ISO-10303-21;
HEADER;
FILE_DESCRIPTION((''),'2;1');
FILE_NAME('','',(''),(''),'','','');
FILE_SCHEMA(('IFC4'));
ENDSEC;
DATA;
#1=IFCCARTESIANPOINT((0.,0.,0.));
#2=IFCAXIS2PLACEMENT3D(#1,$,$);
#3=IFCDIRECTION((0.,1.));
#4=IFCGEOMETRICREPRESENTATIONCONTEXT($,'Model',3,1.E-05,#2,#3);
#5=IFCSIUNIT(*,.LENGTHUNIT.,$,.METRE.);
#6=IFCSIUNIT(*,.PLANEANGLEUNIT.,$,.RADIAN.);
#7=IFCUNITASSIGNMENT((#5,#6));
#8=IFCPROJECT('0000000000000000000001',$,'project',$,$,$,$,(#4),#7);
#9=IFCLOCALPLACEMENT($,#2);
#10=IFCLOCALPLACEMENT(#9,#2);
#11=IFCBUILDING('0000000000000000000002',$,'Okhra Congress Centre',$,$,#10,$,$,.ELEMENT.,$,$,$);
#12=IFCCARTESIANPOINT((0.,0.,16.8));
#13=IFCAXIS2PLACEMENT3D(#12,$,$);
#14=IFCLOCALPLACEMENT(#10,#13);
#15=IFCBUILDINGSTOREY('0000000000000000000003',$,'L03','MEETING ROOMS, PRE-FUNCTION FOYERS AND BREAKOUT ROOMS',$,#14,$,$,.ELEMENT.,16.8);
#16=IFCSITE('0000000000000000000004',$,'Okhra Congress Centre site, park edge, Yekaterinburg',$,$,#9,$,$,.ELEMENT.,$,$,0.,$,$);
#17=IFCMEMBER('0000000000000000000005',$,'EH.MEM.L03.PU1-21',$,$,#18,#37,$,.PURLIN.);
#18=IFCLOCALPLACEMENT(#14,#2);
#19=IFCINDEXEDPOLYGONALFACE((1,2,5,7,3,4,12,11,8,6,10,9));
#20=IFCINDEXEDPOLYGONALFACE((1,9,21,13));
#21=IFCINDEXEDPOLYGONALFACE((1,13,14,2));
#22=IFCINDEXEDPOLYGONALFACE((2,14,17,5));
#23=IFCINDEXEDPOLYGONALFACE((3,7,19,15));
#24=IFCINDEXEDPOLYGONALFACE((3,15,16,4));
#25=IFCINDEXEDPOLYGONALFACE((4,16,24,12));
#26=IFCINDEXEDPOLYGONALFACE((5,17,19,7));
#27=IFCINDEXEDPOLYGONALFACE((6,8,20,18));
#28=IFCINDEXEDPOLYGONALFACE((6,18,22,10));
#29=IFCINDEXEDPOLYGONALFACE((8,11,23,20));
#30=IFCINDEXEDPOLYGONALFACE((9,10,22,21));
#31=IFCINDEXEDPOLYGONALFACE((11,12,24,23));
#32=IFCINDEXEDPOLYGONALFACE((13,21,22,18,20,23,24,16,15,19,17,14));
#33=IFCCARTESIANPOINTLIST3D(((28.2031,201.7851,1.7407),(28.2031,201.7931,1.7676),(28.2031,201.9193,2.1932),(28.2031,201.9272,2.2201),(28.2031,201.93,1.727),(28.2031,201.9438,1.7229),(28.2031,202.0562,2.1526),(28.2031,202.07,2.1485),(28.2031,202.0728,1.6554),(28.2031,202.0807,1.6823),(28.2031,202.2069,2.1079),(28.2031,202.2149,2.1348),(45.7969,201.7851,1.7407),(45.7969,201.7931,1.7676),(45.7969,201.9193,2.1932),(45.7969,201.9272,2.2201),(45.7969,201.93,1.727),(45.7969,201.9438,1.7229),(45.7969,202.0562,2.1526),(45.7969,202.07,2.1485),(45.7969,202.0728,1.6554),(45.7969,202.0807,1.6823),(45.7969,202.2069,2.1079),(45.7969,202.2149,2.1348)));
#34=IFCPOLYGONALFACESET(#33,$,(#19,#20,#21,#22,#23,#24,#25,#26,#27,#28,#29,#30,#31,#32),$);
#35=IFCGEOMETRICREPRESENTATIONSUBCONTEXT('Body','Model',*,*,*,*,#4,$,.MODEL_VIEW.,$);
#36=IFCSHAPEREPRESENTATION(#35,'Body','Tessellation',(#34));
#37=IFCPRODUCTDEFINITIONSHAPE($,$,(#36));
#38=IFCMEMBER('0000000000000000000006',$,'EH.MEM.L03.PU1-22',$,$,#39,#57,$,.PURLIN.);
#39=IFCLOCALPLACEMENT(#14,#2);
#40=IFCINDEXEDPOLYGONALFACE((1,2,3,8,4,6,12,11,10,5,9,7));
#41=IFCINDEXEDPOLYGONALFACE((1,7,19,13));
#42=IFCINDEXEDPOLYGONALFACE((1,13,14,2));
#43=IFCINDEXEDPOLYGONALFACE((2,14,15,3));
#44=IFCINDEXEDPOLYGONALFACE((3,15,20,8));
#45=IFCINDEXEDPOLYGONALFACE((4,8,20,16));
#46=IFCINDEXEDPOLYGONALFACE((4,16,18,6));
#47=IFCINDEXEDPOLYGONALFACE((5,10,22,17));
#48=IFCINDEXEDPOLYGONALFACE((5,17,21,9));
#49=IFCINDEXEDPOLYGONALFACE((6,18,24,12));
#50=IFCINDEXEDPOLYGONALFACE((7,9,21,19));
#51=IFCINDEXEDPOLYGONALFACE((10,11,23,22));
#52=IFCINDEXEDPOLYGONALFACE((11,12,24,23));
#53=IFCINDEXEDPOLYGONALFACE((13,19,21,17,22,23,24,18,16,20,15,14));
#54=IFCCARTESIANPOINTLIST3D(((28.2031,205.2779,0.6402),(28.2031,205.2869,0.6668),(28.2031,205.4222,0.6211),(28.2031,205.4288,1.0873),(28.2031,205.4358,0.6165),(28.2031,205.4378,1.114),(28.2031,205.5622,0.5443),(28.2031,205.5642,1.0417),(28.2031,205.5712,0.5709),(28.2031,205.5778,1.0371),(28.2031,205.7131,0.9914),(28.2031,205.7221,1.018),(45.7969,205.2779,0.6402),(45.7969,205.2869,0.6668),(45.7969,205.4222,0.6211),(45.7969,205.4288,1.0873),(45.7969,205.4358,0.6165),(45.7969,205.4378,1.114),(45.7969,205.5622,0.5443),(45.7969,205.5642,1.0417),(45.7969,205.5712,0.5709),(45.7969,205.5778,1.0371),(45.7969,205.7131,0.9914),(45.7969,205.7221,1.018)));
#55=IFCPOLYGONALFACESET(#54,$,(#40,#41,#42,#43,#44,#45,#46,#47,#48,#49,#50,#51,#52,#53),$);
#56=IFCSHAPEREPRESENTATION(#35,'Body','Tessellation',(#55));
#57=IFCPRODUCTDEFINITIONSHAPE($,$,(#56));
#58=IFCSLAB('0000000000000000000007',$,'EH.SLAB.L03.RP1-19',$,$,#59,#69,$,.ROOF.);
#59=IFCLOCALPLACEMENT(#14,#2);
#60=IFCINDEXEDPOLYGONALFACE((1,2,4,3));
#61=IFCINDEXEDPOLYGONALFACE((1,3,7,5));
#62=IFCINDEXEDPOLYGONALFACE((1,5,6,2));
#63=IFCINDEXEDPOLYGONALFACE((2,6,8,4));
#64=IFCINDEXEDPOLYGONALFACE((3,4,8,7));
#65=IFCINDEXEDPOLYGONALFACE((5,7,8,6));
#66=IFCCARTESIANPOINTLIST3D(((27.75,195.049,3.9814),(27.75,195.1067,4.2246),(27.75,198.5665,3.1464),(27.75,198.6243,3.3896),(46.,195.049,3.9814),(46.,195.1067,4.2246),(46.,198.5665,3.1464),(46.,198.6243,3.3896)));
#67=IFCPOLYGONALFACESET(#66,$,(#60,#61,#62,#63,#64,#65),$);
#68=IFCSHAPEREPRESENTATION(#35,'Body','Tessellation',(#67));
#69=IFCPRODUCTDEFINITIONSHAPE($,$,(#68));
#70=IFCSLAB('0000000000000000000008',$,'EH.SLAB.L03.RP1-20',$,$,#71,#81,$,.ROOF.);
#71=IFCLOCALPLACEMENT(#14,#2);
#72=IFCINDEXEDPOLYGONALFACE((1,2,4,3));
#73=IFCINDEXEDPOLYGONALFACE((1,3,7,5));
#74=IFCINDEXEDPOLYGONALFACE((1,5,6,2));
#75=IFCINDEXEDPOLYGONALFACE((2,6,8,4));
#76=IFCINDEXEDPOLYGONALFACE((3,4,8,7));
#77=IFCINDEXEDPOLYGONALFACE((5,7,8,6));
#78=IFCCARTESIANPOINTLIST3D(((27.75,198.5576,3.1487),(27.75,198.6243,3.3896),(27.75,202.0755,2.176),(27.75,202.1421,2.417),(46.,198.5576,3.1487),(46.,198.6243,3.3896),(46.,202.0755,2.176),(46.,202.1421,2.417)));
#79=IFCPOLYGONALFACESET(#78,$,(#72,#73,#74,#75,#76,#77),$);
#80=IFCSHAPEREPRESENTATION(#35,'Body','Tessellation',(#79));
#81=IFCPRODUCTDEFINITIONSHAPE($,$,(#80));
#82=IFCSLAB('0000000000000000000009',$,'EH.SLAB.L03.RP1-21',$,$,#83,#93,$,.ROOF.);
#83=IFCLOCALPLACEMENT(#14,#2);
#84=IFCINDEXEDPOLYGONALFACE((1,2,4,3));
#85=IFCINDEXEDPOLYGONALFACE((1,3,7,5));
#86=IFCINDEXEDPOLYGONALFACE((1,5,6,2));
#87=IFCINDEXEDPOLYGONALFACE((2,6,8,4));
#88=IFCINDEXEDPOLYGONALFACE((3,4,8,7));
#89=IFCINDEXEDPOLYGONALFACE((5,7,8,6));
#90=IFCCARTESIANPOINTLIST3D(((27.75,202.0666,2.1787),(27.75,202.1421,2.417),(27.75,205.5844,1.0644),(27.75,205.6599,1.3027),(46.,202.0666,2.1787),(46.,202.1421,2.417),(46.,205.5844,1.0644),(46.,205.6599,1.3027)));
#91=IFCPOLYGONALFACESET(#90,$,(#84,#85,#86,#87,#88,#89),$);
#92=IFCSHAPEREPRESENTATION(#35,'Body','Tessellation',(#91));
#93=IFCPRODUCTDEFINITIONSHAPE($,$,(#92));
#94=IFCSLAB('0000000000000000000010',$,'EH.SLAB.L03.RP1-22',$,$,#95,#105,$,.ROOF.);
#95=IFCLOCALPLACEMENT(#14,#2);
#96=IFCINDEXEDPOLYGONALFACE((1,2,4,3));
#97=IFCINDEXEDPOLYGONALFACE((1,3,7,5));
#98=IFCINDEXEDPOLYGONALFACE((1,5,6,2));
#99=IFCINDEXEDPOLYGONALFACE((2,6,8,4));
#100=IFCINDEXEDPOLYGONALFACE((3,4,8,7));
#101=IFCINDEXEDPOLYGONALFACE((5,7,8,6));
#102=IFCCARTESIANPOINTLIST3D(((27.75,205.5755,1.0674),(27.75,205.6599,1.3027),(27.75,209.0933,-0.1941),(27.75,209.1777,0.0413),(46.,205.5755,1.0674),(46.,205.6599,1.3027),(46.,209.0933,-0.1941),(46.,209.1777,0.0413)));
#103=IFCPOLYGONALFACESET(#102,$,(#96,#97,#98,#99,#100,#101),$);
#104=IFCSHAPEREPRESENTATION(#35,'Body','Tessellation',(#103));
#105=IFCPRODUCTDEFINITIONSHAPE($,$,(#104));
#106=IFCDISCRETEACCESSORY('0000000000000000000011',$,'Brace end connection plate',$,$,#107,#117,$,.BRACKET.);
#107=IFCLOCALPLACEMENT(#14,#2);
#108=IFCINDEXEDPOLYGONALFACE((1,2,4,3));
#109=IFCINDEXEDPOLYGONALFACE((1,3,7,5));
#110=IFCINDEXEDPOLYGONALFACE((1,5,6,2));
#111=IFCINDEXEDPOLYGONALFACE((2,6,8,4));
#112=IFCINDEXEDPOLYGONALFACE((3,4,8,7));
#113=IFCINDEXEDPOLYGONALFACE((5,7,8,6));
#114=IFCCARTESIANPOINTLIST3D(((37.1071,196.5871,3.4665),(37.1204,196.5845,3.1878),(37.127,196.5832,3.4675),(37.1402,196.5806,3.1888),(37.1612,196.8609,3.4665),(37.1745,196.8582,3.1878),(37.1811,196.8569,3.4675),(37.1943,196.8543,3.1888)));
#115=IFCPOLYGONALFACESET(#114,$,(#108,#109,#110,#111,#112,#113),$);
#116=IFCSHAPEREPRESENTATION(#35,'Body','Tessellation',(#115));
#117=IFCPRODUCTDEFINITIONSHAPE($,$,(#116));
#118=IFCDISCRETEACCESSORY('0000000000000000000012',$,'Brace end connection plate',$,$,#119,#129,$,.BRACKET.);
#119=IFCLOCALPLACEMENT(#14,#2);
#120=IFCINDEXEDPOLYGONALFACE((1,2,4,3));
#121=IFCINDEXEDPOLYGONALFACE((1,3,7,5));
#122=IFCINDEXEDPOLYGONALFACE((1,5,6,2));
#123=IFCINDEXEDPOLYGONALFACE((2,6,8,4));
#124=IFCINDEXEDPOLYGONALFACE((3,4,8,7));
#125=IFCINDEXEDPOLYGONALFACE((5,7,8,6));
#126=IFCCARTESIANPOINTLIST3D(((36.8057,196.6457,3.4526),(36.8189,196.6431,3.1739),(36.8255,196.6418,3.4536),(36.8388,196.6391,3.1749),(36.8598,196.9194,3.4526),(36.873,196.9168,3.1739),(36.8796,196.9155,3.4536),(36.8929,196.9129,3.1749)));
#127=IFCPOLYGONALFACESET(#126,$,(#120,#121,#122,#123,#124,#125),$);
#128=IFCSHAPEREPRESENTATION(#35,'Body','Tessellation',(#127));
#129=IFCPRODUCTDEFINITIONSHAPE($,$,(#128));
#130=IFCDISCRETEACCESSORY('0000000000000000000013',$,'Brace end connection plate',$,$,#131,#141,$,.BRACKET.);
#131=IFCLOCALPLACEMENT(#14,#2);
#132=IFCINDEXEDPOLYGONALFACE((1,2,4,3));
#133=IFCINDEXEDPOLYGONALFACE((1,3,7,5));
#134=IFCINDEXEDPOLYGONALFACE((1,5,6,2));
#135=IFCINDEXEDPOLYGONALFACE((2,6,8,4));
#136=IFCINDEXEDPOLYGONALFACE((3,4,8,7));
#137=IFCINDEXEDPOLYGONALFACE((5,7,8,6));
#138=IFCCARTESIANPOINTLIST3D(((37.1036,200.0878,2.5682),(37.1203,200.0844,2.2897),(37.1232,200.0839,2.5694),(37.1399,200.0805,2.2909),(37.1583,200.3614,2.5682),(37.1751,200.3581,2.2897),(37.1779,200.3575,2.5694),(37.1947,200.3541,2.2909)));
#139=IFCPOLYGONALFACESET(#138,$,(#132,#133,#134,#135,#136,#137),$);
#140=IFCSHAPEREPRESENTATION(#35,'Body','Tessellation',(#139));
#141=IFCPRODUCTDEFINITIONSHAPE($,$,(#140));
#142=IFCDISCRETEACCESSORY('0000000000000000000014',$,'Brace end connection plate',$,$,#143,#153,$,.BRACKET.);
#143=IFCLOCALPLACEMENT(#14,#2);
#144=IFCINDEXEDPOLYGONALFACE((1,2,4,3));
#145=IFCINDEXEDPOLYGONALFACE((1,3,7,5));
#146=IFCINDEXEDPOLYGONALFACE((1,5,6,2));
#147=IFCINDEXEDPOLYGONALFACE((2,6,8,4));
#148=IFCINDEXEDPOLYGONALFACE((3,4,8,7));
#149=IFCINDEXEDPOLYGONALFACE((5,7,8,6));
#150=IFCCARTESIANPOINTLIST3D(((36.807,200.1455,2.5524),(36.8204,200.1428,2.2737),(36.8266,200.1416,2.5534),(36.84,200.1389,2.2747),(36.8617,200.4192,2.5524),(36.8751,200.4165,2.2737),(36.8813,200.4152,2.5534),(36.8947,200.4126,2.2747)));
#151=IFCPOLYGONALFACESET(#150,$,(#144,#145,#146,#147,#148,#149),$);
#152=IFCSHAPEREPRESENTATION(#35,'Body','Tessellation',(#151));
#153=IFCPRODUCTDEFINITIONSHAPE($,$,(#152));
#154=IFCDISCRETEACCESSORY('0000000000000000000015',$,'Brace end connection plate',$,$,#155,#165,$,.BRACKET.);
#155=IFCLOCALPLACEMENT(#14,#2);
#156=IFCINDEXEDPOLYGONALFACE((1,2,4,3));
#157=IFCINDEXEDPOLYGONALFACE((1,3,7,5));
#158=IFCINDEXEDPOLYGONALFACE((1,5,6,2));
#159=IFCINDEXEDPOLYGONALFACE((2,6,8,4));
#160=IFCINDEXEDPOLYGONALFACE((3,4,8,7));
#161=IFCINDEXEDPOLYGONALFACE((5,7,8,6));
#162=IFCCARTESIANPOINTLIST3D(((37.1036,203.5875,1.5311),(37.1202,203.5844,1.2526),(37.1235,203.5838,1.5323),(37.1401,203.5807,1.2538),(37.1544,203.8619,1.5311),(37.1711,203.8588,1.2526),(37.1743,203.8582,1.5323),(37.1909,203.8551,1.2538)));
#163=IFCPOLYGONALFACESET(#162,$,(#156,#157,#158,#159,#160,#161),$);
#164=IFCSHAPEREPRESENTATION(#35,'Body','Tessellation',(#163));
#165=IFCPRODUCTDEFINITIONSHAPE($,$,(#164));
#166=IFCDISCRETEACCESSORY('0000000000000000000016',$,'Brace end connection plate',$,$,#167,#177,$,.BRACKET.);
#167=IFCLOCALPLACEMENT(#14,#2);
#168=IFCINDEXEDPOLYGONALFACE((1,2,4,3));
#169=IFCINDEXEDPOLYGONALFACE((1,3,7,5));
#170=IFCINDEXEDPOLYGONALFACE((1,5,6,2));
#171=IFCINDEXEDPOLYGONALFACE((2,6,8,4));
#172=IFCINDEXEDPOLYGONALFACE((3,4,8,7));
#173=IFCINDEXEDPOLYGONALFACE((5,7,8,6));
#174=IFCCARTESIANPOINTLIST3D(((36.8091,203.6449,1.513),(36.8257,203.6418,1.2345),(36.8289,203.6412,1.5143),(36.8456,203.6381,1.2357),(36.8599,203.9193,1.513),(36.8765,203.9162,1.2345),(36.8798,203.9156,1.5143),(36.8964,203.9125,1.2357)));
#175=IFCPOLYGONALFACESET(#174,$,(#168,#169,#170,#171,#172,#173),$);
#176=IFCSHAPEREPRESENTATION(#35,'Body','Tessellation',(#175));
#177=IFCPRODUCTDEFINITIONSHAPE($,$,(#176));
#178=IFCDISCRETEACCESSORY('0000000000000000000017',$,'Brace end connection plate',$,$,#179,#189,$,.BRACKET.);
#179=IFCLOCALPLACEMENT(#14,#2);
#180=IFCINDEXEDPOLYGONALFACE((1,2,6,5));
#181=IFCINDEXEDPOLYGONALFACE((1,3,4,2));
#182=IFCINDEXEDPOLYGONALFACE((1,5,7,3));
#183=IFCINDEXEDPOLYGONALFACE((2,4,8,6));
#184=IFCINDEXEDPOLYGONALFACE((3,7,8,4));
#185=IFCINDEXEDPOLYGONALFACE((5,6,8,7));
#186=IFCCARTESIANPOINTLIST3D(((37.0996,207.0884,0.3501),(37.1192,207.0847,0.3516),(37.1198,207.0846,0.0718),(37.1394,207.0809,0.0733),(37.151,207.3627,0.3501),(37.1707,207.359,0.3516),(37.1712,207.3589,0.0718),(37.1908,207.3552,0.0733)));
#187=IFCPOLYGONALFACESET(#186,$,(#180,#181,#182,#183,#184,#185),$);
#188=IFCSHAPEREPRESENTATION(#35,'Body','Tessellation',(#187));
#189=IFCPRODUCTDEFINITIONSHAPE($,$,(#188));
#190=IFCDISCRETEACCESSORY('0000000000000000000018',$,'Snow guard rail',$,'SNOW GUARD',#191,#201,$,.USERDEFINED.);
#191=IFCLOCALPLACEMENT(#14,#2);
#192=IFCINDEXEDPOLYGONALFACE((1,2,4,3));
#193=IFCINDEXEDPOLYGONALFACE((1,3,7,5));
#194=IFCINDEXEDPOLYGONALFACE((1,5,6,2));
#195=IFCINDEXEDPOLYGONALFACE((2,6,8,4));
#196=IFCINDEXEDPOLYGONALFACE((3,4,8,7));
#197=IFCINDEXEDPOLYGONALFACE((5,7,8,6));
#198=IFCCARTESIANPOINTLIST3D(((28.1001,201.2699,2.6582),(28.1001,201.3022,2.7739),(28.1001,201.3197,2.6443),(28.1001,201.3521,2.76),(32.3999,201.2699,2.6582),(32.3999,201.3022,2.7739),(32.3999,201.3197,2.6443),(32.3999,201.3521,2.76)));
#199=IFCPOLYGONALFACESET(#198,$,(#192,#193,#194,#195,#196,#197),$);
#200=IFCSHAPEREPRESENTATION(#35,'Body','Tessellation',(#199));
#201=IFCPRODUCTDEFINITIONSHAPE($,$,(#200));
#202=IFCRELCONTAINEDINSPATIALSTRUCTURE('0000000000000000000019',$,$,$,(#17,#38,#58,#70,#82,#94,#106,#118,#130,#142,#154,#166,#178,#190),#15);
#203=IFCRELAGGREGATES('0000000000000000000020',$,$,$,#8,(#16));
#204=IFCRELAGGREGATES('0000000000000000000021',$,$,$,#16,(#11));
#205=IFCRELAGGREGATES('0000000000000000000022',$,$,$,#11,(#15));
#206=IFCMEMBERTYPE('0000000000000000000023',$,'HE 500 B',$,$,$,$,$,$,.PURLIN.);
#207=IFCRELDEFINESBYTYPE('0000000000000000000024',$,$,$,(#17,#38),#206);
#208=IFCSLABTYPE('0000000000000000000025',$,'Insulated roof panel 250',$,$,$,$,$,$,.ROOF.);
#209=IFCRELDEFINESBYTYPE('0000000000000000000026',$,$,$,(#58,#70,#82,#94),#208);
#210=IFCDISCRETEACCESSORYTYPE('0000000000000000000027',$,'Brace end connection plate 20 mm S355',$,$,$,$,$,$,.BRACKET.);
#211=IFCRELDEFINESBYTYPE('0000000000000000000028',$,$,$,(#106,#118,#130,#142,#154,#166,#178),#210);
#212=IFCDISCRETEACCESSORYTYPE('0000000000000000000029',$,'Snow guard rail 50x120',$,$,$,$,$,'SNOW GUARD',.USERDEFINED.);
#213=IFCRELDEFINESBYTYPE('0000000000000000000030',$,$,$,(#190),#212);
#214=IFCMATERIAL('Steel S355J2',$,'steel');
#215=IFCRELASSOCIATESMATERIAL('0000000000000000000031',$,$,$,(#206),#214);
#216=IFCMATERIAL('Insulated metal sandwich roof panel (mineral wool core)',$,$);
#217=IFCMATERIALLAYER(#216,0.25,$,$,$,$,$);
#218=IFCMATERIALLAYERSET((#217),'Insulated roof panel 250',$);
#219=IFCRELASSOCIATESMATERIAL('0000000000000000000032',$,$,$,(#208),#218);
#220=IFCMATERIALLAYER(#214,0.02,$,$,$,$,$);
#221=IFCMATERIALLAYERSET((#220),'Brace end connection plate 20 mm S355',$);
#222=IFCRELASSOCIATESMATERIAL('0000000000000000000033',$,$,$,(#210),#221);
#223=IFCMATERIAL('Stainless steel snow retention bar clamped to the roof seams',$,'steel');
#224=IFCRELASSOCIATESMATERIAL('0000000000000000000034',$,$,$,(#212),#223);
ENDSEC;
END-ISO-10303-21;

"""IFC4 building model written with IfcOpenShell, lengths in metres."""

from ifc_helpers import new_model, si_unit, direction, frame, origin, origin_2d, place, context, subcontext, project, spatial, polyline, rectangle, i_section, outline, extrude, material, layer, layer_set, material_profile, profile_set, type_object, element, save


model = new_model("IFC4")

# Units and contexts
model_context = context("Model", 3, precision=1e-05, world=origin(), true_north=direction((0.0, 1.0)))
body_context = subcontext(model_context, "Body", "Model", "MODEL_VIEW")
ifc_project = project(units=[si_unit("LENGTHUNIT", "METRE"), si_unit("PLANEANGLEUNIT", "RADIAN")], contexts=[model_context])

# Site, building, storey
site_placement = place(None, origin())
site = spatial("IfcSite", under=ifc_project, at=site_placement, Name="Okhra Congress Centre site, park edge, Yekaterinburg", CompositionType="ELEMENT", RefElevation=0.0)
building_placement = place(site_placement, origin())
building = spatial("IfcBuilding", under=site, at=building_placement, Name="Okhra Congress Centre", CompositionType="ELEMENT")
storey_placement = place(building_placement, frame((0.0, 0.0, 16.8)))
storey = spatial("IfcBuildingStorey", under=building, at=storey_placement, Name="L03", Description="MEETING ROOMS, PRE-FUNCTION FOYERS AND BREAKOUT ROOMS", CompositionType="ELEMENT", Elevation=16.8)

# Members
ifc_material_1 = material(Name="Steel S355J2", Category="steel")
ifc_material_profile_1 = material_profile(ifc_material_1, i_section(OverallWidth=0.3, OverallDepth=0.5, WebThickness=0.0144, FlangeThickness=0.0281, at=origin_2d()), Name="HE 500 B")
ifc_profile_set_1 = profile_set([ifc_material_profile_1], Name="Steel S355J2")
member_type_1 = type_object("IfcMemberType", Name="HE 500 B", PredefinedType="PURLIN", material=ifc_profile_set_1)
for number, where, z_axis, x_axis, name in (
    (1, (28.2031, 202.0, 1.9377), (1.0, 0.0, 0.0), (0.0, 0.958743, -0.284276), "EH.MEM.L03.PU1-21"),
    (2, (28.2031, 205.5, 0.8291), (1.0, 0.0, 0.0), (0.0, 0.947481, -0.319813), "EH.MEM.L03.PU1-22"),
):
    element("IfcMember", number, at=place(storey_placement, frame(where, z_axis=z_axis, x_axis=x_axis)), inside=storey, type_object=member_type_1, Name=name, PredefinedType="PURLIN", context=body_context, shape_type="SweptSolid", body=[
        extrude(i_section(OverallWidth=0.3, OverallDepth=0.5, WebThickness=0.0144, FlangeThickness=0.0281, at=origin_2d()), origin(), (0.0, 0.0, 1.0), 17.5938),
    ])

# Slabs
ifc_material_2 = material(Name="Insulated metal sandwich roof panel (mineral wool core)")
ifc_layer_1 = layer(ifc_material_2, 0.25)
ifc_layer_set_1 = layer_set([ifc_layer_1], Name="Insulated roof panel 250")
slab_type = type_object("IfcSlabType", Name="Insulated roof panel 250", PredefinedType="ROOF", material=ifc_layer_set_1)
slab_1_placement = place(storey_placement, frame((27.75, 195.1067, 4.2246), z_axis=(0.0, 0.230951, 0.972965), x_axis=(1.0, 0.0, 0.0)))
element("IfcSlab", 3, at=slab_1_placement, inside=storey, type_object=slab_type, Name="EH.SLAB.L03.RP1-19", PredefinedType="ROOF", context=body_context, shape_type="SweptSolid", body=[
    extrude(outline(polyline([(0.0, 0.0), (18.25, 0.0), (18.25, 3.6153), (0.0, 3.6153), (0.0, 0.0)])), origin(), (0.0, 0.0, -1.0), 0.25),
])
slab_2_placement = place(storey_placement, frame((27.75, 198.6243, 3.3896), z_axis=(0.0, 0.266495, 0.963836), x_axis=(1.0, 0.0, 0.0)))
element("IfcSlab", 4, at=slab_2_placement, inside=storey, type_object=slab_type, Name="EH.SLAB.L03.RP1-20", PredefinedType="ROOF", context=body_context, shape_type="SweptSolid", body=[
    extrude(outline(polyline([(0.0, 0.0), (18.25, 0.0), (18.25, 3.6498), (0.0, 3.6498), (0.0, 0.0)])), origin(), (0.0, 0.0, -1.0), 0.25),
])
slab_3_placement = place(storey_placement, frame((27.75, 202.1421, 2.417), z_axis=(0.0, 0.301961, 0.95332), x_axis=(1.0, 0.0, 0.0)))
element("IfcSlab", 5, at=slab_3_placement, inside=storey, type_object=slab_type, Name="EH.SLAB.L03.RP1-21", PredefinedType="ROOF", context=body_context, shape_type="SweptSolid", body=[
    extrude(outline(polyline([(0.0, 0.0), (18.25, 0.0), (18.25, 3.6901), (0.0, 3.6901), (0.0, 0.0)])), origin(), (0.0, 0.0, -1.0), 0.25),
])
slab_4_placement = place(storey_placement, frame((27.75, 205.6599, 1.3027), z_axis=(0.0, 0.337549, 0.941308), x_axis=(1.0, 0.0, 0.0)))
element("IfcSlab", 6, at=slab_4_placement, inside=storey, type_object=slab_type, Name="EH.SLAB.L03.RP1-22", PredefinedType="ROOF", context=body_context, shape_type="SweptSolid", body=[
    extrude(outline(polyline([(0.0, 0.0), (18.25, 0.0), (18.25, 3.7372), (0.0, 3.7372), (0.0, 0.0)])), origin(), (0.0, 0.0, -1.0), 0.25),
])

# Discrete accessories
ifc_layer_2 = layer(ifc_material_1, 0.02)
ifc_layer_set_2 = layer_set([ifc_layer_2], Name="Brace end connection plate 20 mm S355")
discrete_accessory_type_1 = type_object("IfcDiscreteAccessoryType", Name="Brace end connection plate 20 mm S355", PredefinedType="BRACKET", material=ifc_layer_set_2)
for number, where, z_axis, x_axis, name in (
    (7, (37.1606, 196.7188, 3.3281), (-0.979894, 0.193559, -0.04839), (-0.193786, -0.981044, 0.0), "Brace end connection plate"),
    (8, (36.8394, 196.7812, 3.3132), (0.979894, -0.193559, 0.04839), (0.193786, 0.981044, 0.0), "Brace end connection plate"),
):
    element("IfcDiscreteAccessory", number, at=place(storey_placement, frame(where, z_axis=z_axis, x_axis=x_axis)), inside=storey, type_object=discrete_accessory_type_1, Name=name, PredefinedType="BRACKET", context=body_context, shape_type="SweptSolid", body=[
        extrude(rectangle(XDim=0.2791, YDim=0.2791, at=origin_2d()), origin(), (0.0, 0.0, 1.0), 0.0203),
    ])
for number, where, z_axis, x_axis, name in (
    (9, (37.1589, 200.219, 2.4302), (-0.978744, 0.195749, -0.061172), (-0.196116, -0.980581, 0.0), "Brace end connection plate"),
    (10, (36.8411, 200.281, 2.4131), (0.979404, -0.195881, 0.04897), (0.196116, 0.980581, 0.0), "Brace end connection plate"),
):
    element("IfcDiscreteAccessory", number, at=place(storey_placement, frame(where, z_axis=z_axis, x_axis=x_axis)), inside=storey, type_object=discrete_accessory_type_1, Name=name, PredefinedType="BRACKET", context=body_context, shape_type="SweptSolid", body=[
        extrude(rectangle(XDim=0.2791, YDim=0.2791, at=origin_2d()), origin(), (0.0, 0.0, 1.0), 0.02),
    ])
for number, where, z_axis, x_axis, name in (
    (11, (37.1572, 203.7195, 1.3931), (-0.981476, 0.181755, -0.060585), (-0.182089, -0.983282, 0.0), "Brace end connection plate"),
    (12, (36.8428, 203.7805, 1.3738), (0.981476, -0.181755, 0.060585), (0.182089, 0.983282, 0.0), "Brace end connection plate"),
):
    element("IfcDiscreteAccessory", number, at=place(storey_placement, frame(where, z_axis=z_axis, x_axis=x_axis)), inside=storey, type_object=discrete_accessory_type_1, Name=name, PredefinedType="BRACKET", context=body_context, shape_type="SweptSolid", body=[
        extrude(rectangle(XDim=0.2791, YDim=0.2791, at=origin_2d()), origin(), (0.0, 0.0, 1.0), 0.0203),
    ])
discrete_accessory_placement = place(storey_placement, frame((37.155, 207.22, 0.2124), z_axis=(-0.980213, 0.18379, -0.073516), x_axis=(-0.184289, -0.982872, 0.0)))
element("IfcDiscreteAccessory", 13, at=discrete_accessory_placement, inside=storey, type_object=discrete_accessory_type_1, Name="Brace end connection plate", PredefinedType="BRACKET", context=body_context, shape_type="SweptSolid", body=[
    extrude(rectangle(XDim=0.2791, YDim=0.2791, at=origin_2d()), origin(), (0.0, 0.0, 1.0), 0.02),
])
ifc_material_3 = material(Name="Stainless steel snow retention bar clamped to the roof seams", Category="steel")
discrete_accessory_type_2 = type_object("IfcDiscreteAccessoryType", Name="Snow guard rail 50x120", ElementType="SNOW GUARD", PredefinedType="USERDEFINED", material=ifc_material_3)
for number, where, z_axis, x_axis, name in (
    (14, (28.1001, 201.3022, 2.7739), (0.0, 0.269105, 0.963111), (1.0, 0.0, 0.0), "Snow guard rail"),
):
    element("IfcDiscreteAccessory", number, at=place(storey_placement, frame(where, z_axis=z_axis, x_axis=x_axis)), inside=storey, type_object=discrete_accessory_type_2, Name=name, ObjectType="SNOW GUARD", PredefinedType="USERDEFINED", context=body_context, shape_type="SweptSolid", body=[
        extrude(outline(polyline([(0.0, 0.0), (4.2998, 0.0), (4.2998, 0.0517), (0.0, 0.0517), (0.0, 0.0)])), origin(), (0.0, 0.0, -1.0), 0.1201),
    ])

save(model, "model.ifc")
